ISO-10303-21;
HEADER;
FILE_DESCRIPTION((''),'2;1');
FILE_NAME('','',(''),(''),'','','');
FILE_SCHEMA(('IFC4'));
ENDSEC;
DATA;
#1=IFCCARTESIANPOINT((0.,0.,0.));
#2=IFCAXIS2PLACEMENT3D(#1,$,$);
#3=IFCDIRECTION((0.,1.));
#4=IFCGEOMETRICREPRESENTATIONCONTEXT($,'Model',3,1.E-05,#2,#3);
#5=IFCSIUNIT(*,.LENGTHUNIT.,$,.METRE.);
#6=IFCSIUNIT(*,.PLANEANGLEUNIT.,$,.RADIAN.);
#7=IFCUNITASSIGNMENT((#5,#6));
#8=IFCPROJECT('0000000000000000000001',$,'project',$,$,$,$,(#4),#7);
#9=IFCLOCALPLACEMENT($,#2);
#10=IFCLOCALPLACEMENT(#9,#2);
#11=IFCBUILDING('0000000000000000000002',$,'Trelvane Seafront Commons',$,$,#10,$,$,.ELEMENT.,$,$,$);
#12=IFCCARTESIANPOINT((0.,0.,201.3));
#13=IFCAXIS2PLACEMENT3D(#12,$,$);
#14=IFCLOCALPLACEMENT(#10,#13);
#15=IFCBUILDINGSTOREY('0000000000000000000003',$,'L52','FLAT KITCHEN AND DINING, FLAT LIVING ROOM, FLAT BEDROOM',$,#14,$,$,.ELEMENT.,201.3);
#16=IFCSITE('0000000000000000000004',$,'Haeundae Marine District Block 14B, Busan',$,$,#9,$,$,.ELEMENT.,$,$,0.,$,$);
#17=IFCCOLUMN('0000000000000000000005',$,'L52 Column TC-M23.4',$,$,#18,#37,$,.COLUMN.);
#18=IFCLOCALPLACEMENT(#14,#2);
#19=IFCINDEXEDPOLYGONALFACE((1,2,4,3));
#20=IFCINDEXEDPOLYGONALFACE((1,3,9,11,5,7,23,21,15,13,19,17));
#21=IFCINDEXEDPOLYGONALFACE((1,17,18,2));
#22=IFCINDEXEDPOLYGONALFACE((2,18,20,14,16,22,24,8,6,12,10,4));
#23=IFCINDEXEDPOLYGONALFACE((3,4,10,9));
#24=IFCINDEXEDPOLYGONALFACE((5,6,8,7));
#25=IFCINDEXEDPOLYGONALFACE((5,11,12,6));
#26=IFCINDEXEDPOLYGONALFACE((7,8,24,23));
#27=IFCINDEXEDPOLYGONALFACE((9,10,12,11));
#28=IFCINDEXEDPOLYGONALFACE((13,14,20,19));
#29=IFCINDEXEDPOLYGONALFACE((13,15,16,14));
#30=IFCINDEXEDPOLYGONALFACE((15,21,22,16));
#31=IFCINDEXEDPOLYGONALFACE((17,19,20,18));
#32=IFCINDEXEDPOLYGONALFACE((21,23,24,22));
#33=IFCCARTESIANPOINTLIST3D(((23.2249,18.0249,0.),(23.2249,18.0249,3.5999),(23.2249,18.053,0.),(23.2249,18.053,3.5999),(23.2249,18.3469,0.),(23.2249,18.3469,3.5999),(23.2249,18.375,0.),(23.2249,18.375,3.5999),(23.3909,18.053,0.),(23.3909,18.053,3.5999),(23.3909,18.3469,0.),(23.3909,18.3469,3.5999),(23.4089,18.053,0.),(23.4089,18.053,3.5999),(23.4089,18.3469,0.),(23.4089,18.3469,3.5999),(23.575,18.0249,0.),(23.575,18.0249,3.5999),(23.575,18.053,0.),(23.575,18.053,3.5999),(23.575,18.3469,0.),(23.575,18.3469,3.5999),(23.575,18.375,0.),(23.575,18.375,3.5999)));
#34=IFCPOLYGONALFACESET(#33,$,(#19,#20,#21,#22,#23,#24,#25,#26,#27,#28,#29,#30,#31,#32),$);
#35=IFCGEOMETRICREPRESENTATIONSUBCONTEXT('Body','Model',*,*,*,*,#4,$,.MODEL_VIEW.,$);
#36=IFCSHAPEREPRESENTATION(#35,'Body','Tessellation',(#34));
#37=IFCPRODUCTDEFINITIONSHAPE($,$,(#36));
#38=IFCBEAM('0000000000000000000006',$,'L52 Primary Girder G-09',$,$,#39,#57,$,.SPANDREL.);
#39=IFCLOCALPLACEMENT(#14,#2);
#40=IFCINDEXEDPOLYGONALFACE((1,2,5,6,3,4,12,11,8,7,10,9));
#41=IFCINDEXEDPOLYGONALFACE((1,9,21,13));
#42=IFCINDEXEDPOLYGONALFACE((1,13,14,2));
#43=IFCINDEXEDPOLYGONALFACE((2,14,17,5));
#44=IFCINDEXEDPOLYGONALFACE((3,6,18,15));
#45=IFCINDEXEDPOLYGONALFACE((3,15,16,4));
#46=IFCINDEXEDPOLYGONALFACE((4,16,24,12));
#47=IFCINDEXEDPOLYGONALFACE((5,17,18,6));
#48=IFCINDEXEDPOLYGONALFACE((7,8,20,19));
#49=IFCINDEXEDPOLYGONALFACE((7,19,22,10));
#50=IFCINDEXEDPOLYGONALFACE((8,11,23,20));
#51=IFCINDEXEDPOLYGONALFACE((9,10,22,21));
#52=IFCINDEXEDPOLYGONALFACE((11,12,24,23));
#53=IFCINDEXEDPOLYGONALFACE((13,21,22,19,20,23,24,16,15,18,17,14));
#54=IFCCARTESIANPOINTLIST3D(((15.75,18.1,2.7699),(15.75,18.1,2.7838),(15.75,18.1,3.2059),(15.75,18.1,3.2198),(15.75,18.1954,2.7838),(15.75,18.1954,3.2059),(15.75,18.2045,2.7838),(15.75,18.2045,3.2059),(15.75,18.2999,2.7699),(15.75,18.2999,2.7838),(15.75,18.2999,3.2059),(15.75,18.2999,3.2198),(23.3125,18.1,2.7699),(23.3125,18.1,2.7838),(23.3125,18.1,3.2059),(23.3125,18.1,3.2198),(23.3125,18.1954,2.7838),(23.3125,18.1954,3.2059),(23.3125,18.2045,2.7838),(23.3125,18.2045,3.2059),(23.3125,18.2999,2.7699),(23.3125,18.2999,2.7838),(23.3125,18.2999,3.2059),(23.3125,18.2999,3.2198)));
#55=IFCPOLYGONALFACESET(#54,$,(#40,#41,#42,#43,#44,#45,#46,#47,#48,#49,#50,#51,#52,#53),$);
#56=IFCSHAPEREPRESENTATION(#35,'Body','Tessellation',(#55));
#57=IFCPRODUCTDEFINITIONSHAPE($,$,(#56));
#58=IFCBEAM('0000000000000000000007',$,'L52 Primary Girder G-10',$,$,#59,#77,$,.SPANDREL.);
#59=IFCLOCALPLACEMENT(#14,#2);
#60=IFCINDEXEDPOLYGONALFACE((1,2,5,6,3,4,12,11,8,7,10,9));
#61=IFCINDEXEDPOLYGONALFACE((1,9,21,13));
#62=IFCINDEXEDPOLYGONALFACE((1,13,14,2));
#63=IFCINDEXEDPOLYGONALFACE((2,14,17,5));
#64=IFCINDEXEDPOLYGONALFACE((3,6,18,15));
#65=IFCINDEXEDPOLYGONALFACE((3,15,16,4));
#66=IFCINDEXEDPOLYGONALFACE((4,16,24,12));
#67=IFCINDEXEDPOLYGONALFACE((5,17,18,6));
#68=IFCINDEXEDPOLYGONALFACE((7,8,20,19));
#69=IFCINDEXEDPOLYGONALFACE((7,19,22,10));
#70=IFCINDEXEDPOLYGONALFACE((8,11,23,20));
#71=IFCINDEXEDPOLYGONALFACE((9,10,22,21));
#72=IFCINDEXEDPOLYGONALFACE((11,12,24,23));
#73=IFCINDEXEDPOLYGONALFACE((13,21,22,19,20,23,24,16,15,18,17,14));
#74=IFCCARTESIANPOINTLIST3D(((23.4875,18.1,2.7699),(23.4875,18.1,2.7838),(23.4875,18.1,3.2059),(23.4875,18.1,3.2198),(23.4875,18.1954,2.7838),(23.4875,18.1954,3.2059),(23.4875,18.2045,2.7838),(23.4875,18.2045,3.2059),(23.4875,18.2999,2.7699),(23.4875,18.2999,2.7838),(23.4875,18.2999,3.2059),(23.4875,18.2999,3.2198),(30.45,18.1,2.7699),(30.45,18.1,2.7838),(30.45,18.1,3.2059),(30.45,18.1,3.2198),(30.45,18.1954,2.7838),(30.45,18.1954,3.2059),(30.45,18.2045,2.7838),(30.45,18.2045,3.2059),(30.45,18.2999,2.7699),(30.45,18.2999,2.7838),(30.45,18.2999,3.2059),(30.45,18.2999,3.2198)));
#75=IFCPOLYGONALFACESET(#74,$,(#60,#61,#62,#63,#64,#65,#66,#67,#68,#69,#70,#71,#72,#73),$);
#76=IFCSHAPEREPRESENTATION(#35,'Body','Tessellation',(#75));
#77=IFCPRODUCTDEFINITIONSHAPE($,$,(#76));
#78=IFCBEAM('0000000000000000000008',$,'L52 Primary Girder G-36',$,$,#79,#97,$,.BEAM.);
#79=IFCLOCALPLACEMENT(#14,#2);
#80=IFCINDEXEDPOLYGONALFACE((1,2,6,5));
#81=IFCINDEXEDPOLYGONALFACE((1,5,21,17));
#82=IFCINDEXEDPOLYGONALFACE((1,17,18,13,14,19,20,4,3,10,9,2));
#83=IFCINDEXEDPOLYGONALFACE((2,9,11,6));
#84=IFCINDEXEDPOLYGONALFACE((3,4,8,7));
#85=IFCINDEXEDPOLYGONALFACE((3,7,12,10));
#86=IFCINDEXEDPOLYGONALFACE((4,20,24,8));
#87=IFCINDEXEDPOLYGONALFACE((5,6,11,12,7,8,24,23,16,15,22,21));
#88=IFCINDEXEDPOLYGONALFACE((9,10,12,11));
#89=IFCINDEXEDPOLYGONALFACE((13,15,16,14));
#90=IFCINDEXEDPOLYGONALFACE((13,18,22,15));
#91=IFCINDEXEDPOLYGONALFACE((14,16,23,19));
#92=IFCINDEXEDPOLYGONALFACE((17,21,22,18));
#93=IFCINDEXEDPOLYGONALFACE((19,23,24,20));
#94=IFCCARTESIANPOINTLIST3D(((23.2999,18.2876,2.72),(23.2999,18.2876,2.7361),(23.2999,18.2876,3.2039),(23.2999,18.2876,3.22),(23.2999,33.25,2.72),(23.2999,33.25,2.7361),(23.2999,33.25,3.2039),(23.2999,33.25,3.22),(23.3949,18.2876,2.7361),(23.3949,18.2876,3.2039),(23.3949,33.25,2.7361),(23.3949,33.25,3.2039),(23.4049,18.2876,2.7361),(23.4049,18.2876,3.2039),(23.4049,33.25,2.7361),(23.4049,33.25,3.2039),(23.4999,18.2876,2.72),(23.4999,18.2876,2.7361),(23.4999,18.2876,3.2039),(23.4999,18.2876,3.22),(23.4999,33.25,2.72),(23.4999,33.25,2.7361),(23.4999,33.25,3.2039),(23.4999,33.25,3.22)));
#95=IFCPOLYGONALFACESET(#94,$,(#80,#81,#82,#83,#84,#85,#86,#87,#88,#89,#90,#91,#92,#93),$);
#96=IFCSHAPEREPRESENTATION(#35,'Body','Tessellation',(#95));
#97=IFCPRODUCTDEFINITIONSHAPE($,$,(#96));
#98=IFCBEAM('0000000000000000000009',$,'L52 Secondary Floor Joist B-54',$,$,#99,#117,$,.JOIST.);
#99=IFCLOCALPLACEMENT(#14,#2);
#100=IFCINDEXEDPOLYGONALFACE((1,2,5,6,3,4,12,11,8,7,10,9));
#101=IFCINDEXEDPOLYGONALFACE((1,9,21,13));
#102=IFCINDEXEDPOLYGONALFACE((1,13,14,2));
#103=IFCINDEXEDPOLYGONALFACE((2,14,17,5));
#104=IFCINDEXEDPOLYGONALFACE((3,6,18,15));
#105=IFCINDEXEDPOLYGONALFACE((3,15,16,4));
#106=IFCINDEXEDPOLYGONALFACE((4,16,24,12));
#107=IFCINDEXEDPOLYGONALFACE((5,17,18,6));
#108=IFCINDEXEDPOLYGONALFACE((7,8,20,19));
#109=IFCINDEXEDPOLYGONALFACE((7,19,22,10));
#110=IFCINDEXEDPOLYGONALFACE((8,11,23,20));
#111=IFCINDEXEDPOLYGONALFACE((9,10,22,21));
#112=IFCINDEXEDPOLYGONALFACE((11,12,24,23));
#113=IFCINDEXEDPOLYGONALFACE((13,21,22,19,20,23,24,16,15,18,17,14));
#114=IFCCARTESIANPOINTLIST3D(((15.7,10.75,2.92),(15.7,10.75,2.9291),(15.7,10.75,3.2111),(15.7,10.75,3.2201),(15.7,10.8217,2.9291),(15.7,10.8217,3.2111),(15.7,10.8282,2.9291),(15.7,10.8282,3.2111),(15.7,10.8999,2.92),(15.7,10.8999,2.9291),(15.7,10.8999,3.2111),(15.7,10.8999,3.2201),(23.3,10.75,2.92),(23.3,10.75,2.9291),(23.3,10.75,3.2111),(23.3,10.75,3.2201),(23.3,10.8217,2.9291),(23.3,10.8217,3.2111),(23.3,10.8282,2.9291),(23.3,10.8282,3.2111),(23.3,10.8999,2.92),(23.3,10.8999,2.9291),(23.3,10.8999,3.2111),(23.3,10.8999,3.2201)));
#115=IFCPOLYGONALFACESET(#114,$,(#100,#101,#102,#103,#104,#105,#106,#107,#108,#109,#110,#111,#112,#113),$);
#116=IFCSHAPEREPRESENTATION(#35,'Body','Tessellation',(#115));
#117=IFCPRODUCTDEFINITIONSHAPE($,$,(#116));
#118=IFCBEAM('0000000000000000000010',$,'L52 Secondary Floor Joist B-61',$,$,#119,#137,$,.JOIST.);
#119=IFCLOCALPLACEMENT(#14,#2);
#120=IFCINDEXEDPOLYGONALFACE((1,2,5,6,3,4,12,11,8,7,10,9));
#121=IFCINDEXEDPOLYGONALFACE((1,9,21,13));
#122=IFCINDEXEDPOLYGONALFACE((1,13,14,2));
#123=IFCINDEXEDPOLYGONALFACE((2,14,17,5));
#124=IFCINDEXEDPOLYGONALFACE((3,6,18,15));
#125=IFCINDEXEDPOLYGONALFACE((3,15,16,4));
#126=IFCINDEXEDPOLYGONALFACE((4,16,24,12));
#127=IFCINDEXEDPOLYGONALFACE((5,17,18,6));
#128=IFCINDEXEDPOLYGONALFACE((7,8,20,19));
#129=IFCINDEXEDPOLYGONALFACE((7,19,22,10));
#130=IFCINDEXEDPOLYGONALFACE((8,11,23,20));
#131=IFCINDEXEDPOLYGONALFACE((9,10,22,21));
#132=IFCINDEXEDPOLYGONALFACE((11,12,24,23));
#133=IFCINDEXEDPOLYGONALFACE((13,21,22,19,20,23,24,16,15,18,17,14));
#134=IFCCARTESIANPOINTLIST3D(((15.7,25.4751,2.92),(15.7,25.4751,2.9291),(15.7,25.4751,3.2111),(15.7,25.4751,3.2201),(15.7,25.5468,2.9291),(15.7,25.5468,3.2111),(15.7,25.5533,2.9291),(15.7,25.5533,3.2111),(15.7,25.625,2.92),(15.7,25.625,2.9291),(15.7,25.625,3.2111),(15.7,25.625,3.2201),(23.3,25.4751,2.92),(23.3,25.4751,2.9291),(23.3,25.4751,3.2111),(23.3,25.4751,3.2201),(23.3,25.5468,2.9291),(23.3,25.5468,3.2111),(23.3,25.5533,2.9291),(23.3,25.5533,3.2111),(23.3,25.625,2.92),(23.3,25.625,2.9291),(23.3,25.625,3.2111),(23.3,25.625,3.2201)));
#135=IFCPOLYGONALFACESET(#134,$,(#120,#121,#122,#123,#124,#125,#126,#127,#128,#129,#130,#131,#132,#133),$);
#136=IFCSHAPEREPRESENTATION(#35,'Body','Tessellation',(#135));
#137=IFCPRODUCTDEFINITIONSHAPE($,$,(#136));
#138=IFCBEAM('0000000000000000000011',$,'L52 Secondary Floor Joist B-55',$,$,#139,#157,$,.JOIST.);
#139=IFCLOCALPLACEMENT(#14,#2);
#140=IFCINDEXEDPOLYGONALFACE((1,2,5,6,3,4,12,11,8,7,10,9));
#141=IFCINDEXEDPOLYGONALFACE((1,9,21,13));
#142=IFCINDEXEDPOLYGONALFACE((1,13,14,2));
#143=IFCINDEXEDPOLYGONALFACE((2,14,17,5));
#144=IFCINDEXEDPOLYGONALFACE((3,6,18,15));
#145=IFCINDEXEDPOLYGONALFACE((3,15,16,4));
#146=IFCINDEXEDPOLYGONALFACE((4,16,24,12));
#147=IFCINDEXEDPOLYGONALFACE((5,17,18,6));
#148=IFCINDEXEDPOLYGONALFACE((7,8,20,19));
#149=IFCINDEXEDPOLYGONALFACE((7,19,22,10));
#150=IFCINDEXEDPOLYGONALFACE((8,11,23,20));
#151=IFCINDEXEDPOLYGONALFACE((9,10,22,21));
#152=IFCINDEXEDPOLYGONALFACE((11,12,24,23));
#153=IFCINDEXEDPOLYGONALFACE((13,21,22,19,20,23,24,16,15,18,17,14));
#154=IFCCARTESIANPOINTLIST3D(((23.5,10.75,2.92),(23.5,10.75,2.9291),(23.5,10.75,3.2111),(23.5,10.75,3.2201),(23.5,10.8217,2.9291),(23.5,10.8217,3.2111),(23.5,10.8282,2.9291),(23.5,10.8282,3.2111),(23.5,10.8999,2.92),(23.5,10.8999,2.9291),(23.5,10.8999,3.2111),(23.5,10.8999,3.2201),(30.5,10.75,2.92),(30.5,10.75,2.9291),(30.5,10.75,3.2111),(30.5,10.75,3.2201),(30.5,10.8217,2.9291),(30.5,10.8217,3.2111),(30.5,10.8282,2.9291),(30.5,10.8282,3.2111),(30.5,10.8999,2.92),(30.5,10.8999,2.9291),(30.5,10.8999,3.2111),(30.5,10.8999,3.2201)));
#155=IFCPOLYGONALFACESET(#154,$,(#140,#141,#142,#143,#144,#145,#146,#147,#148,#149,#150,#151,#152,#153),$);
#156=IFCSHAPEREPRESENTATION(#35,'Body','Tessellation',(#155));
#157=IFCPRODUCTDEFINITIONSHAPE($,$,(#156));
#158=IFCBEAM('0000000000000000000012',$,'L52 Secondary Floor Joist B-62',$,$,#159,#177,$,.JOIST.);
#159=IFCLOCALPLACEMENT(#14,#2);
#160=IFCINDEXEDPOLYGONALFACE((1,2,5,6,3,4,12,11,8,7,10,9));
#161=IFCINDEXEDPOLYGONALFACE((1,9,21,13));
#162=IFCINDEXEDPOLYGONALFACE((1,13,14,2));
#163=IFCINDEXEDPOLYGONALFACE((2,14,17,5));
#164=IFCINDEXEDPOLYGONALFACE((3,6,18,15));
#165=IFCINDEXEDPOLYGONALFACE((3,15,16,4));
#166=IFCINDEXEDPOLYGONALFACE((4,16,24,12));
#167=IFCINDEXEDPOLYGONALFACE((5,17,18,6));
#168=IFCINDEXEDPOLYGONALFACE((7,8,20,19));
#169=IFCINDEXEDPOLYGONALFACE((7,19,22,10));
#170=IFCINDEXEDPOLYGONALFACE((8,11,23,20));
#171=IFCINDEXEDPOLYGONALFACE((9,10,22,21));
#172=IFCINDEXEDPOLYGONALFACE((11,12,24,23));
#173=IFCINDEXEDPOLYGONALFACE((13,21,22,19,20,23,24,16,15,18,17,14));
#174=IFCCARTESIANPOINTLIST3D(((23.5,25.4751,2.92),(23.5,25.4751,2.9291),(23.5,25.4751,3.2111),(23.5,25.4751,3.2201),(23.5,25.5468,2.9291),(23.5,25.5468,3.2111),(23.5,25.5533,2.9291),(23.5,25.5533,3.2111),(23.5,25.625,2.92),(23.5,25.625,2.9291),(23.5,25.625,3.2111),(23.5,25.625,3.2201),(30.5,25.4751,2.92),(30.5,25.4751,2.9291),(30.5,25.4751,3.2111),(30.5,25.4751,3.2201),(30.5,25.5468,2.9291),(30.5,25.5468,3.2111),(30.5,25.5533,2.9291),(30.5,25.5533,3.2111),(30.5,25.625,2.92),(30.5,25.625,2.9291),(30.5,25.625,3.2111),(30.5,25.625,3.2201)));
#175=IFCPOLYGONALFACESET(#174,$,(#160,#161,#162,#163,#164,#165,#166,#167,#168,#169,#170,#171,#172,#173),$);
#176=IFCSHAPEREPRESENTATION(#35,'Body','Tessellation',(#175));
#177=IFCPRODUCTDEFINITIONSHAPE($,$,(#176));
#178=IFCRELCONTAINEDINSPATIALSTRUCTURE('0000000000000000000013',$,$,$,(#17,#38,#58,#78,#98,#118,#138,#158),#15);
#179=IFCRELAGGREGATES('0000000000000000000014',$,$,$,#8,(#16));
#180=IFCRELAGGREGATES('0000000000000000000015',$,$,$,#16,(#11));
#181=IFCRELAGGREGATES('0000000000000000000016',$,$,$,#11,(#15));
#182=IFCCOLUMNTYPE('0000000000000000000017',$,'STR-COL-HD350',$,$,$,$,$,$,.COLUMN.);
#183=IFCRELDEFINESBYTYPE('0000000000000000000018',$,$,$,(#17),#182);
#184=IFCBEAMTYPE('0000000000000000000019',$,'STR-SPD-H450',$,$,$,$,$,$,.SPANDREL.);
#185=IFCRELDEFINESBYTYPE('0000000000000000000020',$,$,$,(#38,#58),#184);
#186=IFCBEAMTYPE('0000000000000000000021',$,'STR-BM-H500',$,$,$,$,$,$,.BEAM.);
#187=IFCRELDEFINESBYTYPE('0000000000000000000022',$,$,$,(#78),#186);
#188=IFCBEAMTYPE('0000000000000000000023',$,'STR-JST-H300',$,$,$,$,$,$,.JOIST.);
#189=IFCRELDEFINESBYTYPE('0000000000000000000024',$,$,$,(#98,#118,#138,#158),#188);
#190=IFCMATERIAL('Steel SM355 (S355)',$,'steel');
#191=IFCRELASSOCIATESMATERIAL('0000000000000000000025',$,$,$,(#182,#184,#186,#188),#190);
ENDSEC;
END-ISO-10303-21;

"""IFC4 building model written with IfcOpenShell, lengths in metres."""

from ifc_helpers import new_model, si_unit, direction, frame, origin, origin_2d, place, context, subcontext, project, spatial, i_section, extrude, source, transform, mapped, material, material_profile, profile_set, type_object, element, save


model = new_model("IFC4")

# Units and contexts
model_context = context("Model", 3, precision=1e-05, world=origin(), true_north=direction((0.0, 1.0)))
body_context = subcontext(model_context, "Body", "Model", "MODEL_VIEW")
ifc_project = project(units=[si_unit("LENGTHUNIT", "METRE"), si_unit("PLANEANGLEUNIT", "RADIAN")], contexts=[model_context])

# Site, building, storey
site_placement = place(None, origin())
site = spatial("IfcSite", under=ifc_project, at=site_placement, Name="Haeundae Marine District Block 14B, Busan", CompositionType="ELEMENT", RefElevation=0.0)
building_placement = place(site_placement, origin())
building = spatial("IfcBuilding", under=site, at=building_placement, Name="Trelvane Seafront Commons", CompositionType="ELEMENT")
storey_placement = place(building_placement, frame((0.0, 0.0, 201.3)))
storey = spatial("IfcBuildingStorey", under=building, at=storey_placement, Name="L52", Description="FLAT KITCHEN AND DINING, FLAT LIVING ROOM, FLAT BEDROOM", CompositionType="ELEMENT", Elevation=201.3)

# Column
ifc_material_1 = material(Name="Steel SM355 (S355)", Category="steel")
ifc_material_profile_1 = material_profile(ifc_material_1, i_section(OverallWidth=0.3501, OverallDepth=0.3501, WebThickness=0.0181, FlangeThickness=0.0281, at=origin_2d()), Name="HD-350x350x18x28")
ifc_profile_set_1 = profile_set([ifc_material_profile_1], Name="Steel SM355 (S355)")
column_type = type_object("IfcColumnType", Name="STR-COL-HD350", PredefinedType="COLUMN", material=ifc_profile_set_1)
shared_shape_1 = source(origin(), body_context, "Body", "SweptSolid", [
    extrude(i_section(OverallWidth=0.3501, OverallDepth=0.3501, WebThickness=0.0181, FlangeThickness=0.0281, at=origin_2d()), origin(), (0.0, 0.0, 1.0), 3.5999),
])
column_placement = place(storey_placement, frame((23.3999, 18.2, 0.0), z_axis=(0.0, 0.0, 1.0), x_axis=(1.0, 0.0, 0.0)))
element("IfcColumn", 1, at=column_placement, inside=storey, type_object=column_type, Name="L52 Column TC-M23.4", PredefinedType="COLUMN", context=body_context, shape_type="MappedRepresentation", body=[
    mapped(shared_shape_1, transform((0.0, 0.0, 0.0), x_axis=(1.0, 0.0, 0.0), y_axis=(0.0, 1.0, 0.0), z_axis=(0.0, 0.0, 1.0), scale=1.0)),
])

# Beams
ifc_material_profile_2 = material_profile(ifc_material_1, i_section(OverallWidth=0.2, OverallDepth=0.45, WebThickness=0.009, FlangeThickness=0.0139, at=origin_2d()), Name="H-450x200x9x14")
ifc_profile_set_2 = profile_set([ifc_material_profile_2], Name="Steel SM355 (S355)")
beam_type_1 = type_object("IfcBeamType", Name="STR-SPD-H450", PredefinedType="SPANDREL", material=ifc_profile_set_2)
shared_shape_2 = source(origin(), body_context, "Body", "SweptSolid", [
    extrude(i_section(OverallWidth=0.2, OverallDepth=0.45, WebThickness=0.009, FlangeThickness=0.0139, at=origin_2d()), origin(), (0.0, 0.0, 1.0), 7.5625),
])
beam_1_placement = place(storey_placement, frame((15.75, 18.2, 2.9949), z_axis=(1.0, 0.0, 0.0), x_axis=(0.0, 1.0, 0.0)))
element("IfcBeam", 2, at=beam_1_placement, inside=storey, type_object=beam_type_1, Name="L52 Primary Girder G-09", PredefinedType="SPANDREL", context=body_context, shape_type="MappedRepresentation", body=[
    mapped(shared_shape_2, transform((0.0, 0.0, 0.0), x_axis=(1.0, 0.0, 0.0), y_axis=(0.0, 1.0, 0.0), z_axis=(0.0, 0.0, 1.0), scale=1.0)),
])
shared_shape_3 = source(origin(), body_context, "Body", "SweptSolid", [
    extrude(i_section(OverallWidth=0.2, OverallDepth=0.45, WebThickness=0.009, FlangeThickness=0.0139, at=origin_2d()), origin(), (0.0, 0.0, 1.0), 6.9624),
])
beam_2_placement = place(storey_placement, frame((23.4875, 18.2, 2.9949), z_axis=(1.0, 0.0, 0.0), x_axis=(0.0, 1.0, 0.0)))
element("IfcBeam", 3, at=beam_2_placement, inside=storey, type_object=beam_type_1, Name="L52 Primary Girder G-10", PredefinedType="SPANDREL", context=body_context, shape_type="MappedRepresentation", body=[
    mapped(shared_shape_3, transform((0.0, 0.0, 0.0), x_axis=(1.0, 0.0, 0.0), y_axis=(0.0, 1.0, 0.0), z_axis=(0.0, 0.0, 1.0), scale=1.0)),
])
ifc_material_profile_3 = material_profile(ifc_material_1, i_section(OverallWidth=0.2, OverallDepth=0.5, WebThickness=0.01, FlangeThickness=0.0161, at=origin_2d()), Name="H-500x200x10x16")
ifc_profile_set_3 = profile_set([ifc_material_profile_3], Name="Steel SM355 (S355)")
beam_type_2 = type_object("IfcBeamType", Name="STR-BM-H500", PredefinedType="BEAM", material=ifc_profile_set_3)
shared_shape_4 = source(origin(), body_context, "Body", "SweptSolid", [
    extrude(i_section(OverallWidth=0.2, OverallDepth=0.5, WebThickness=0.01, FlangeThickness=0.0161, at=origin_2d()), origin(), (0.0, 0.0, 1.0), 14.9624),
])
beam_3_placement = place(storey_placement, frame((23.3999, 18.2876, 2.97), z_axis=(0.0, 1.0, 0.0), x_axis=(-1.0, 0.0, 0.0)))
element("IfcBeam", 4, at=beam_3_placement, inside=storey, type_object=beam_type_2, Name="L52 Primary Girder G-36", PredefinedType="BEAM", context=body_context, shape_type="MappedRepresentation", body=[
    mapped(shared_shape_4, transform((0.0, 0.0, 0.0), x_axis=(1.0, 0.0, 0.0), y_axis=(0.0, 1.0, 0.0), z_axis=(0.0, 0.0, 1.0), scale=1.0)),
])
ifc_material_profile_4 = material_profile(ifc_material_1, i_section(OverallWidth=0.1499, OverallDepth=0.3, WebThickness=0.0066, FlangeThickness=0.009, at=origin_2d()), Name="H-300x150x6.5x9")
ifc_profile_set_4 = profile_set([ifc_material_profile_4], Name="Steel SM355 (S355)")
beam_type_3 = type_object("IfcBeamType", Name="STR-JST-H300", PredefinedType="JOIST", material=ifc_profile_set_4)
shared_shape_5 = source(origin(), body_context, "Body", "SweptSolid", [
    extrude(i_section(OverallWidth=0.1499, OverallDepth=0.3, WebThickness=0.0066, FlangeThickness=0.009, at=origin_2d()), origin(), (0.0, 0.0, 1.0), 7.6001),
])
for number, where, z_axis, x_axis, name in (
    (5, (15.7, 10.825, 3.0701), (1.0, 0.0, 0.0), (0.0, 1.0, 0.0), "L52 Secondary Floor Joist B-54"),
    (6, (15.7, 25.55, 3.0701), (1.0, 0.0, 0.0), (0.0, 1.0, 0.0), "L52 Secondary Floor Joist B-61"),
):
    element("IfcBeam", number, at=place(storey_placement, frame(where, z_axis=z_axis, x_axis=x_axis)), inside=storey, type_object=beam_type_3, Name=name, PredefinedType="JOIST", context=body_context, shape_type="MappedRepresentation", body=[
        mapped(shared_shape_5, transform((0.0, 0.0, 0.0), x_axis=(1.0, 0.0, 0.0), y_axis=(0.0, 1.0, 0.0), z_axis=(0.0, 0.0, 1.0), scale=1.0)),
    ])
shared_shape_6 = source(origin(), body_context, "Body", "SweptSolid", [
    extrude(i_section(OverallWidth=0.1499, OverallDepth=0.3, WebThickness=0.0066, FlangeThickness=0.009, at=origin_2d()), origin(), (0.0, 0.0, 1.0), 7.0),
])
for number, where, z_axis, x_axis, name in (
    (7, (23.5, 10.825, 3.0701), (1.0, 0.0, 0.0), (0.0, 1.0, 0.0), "L52 Secondary Floor Joist B-55"),
    (8, (23.5, 25.55, 3.0701), (1.0, 0.0, 0.0), (0.0, 1.0, 0.0), "L52 Secondary Floor Joist B-62"),
):
    element("IfcBeam", number, at=place(storey_placement, frame(where, z_axis=z_axis, x_axis=x_axis)), inside=storey, type_object=beam_type_3, Name=name, PredefinedType="JOIST", context=body_context, shape_type="MappedRepresentation", body=[
        mapped(shared_shape_6, transform((0.0, 0.0, 0.0), x_axis=(1.0, 0.0, 0.0), y_axis=(0.0, 1.0, 0.0), z_axis=(0.0, 0.0, 1.0), scale=1.0)),
    ])

save(model, "model.ifc")
